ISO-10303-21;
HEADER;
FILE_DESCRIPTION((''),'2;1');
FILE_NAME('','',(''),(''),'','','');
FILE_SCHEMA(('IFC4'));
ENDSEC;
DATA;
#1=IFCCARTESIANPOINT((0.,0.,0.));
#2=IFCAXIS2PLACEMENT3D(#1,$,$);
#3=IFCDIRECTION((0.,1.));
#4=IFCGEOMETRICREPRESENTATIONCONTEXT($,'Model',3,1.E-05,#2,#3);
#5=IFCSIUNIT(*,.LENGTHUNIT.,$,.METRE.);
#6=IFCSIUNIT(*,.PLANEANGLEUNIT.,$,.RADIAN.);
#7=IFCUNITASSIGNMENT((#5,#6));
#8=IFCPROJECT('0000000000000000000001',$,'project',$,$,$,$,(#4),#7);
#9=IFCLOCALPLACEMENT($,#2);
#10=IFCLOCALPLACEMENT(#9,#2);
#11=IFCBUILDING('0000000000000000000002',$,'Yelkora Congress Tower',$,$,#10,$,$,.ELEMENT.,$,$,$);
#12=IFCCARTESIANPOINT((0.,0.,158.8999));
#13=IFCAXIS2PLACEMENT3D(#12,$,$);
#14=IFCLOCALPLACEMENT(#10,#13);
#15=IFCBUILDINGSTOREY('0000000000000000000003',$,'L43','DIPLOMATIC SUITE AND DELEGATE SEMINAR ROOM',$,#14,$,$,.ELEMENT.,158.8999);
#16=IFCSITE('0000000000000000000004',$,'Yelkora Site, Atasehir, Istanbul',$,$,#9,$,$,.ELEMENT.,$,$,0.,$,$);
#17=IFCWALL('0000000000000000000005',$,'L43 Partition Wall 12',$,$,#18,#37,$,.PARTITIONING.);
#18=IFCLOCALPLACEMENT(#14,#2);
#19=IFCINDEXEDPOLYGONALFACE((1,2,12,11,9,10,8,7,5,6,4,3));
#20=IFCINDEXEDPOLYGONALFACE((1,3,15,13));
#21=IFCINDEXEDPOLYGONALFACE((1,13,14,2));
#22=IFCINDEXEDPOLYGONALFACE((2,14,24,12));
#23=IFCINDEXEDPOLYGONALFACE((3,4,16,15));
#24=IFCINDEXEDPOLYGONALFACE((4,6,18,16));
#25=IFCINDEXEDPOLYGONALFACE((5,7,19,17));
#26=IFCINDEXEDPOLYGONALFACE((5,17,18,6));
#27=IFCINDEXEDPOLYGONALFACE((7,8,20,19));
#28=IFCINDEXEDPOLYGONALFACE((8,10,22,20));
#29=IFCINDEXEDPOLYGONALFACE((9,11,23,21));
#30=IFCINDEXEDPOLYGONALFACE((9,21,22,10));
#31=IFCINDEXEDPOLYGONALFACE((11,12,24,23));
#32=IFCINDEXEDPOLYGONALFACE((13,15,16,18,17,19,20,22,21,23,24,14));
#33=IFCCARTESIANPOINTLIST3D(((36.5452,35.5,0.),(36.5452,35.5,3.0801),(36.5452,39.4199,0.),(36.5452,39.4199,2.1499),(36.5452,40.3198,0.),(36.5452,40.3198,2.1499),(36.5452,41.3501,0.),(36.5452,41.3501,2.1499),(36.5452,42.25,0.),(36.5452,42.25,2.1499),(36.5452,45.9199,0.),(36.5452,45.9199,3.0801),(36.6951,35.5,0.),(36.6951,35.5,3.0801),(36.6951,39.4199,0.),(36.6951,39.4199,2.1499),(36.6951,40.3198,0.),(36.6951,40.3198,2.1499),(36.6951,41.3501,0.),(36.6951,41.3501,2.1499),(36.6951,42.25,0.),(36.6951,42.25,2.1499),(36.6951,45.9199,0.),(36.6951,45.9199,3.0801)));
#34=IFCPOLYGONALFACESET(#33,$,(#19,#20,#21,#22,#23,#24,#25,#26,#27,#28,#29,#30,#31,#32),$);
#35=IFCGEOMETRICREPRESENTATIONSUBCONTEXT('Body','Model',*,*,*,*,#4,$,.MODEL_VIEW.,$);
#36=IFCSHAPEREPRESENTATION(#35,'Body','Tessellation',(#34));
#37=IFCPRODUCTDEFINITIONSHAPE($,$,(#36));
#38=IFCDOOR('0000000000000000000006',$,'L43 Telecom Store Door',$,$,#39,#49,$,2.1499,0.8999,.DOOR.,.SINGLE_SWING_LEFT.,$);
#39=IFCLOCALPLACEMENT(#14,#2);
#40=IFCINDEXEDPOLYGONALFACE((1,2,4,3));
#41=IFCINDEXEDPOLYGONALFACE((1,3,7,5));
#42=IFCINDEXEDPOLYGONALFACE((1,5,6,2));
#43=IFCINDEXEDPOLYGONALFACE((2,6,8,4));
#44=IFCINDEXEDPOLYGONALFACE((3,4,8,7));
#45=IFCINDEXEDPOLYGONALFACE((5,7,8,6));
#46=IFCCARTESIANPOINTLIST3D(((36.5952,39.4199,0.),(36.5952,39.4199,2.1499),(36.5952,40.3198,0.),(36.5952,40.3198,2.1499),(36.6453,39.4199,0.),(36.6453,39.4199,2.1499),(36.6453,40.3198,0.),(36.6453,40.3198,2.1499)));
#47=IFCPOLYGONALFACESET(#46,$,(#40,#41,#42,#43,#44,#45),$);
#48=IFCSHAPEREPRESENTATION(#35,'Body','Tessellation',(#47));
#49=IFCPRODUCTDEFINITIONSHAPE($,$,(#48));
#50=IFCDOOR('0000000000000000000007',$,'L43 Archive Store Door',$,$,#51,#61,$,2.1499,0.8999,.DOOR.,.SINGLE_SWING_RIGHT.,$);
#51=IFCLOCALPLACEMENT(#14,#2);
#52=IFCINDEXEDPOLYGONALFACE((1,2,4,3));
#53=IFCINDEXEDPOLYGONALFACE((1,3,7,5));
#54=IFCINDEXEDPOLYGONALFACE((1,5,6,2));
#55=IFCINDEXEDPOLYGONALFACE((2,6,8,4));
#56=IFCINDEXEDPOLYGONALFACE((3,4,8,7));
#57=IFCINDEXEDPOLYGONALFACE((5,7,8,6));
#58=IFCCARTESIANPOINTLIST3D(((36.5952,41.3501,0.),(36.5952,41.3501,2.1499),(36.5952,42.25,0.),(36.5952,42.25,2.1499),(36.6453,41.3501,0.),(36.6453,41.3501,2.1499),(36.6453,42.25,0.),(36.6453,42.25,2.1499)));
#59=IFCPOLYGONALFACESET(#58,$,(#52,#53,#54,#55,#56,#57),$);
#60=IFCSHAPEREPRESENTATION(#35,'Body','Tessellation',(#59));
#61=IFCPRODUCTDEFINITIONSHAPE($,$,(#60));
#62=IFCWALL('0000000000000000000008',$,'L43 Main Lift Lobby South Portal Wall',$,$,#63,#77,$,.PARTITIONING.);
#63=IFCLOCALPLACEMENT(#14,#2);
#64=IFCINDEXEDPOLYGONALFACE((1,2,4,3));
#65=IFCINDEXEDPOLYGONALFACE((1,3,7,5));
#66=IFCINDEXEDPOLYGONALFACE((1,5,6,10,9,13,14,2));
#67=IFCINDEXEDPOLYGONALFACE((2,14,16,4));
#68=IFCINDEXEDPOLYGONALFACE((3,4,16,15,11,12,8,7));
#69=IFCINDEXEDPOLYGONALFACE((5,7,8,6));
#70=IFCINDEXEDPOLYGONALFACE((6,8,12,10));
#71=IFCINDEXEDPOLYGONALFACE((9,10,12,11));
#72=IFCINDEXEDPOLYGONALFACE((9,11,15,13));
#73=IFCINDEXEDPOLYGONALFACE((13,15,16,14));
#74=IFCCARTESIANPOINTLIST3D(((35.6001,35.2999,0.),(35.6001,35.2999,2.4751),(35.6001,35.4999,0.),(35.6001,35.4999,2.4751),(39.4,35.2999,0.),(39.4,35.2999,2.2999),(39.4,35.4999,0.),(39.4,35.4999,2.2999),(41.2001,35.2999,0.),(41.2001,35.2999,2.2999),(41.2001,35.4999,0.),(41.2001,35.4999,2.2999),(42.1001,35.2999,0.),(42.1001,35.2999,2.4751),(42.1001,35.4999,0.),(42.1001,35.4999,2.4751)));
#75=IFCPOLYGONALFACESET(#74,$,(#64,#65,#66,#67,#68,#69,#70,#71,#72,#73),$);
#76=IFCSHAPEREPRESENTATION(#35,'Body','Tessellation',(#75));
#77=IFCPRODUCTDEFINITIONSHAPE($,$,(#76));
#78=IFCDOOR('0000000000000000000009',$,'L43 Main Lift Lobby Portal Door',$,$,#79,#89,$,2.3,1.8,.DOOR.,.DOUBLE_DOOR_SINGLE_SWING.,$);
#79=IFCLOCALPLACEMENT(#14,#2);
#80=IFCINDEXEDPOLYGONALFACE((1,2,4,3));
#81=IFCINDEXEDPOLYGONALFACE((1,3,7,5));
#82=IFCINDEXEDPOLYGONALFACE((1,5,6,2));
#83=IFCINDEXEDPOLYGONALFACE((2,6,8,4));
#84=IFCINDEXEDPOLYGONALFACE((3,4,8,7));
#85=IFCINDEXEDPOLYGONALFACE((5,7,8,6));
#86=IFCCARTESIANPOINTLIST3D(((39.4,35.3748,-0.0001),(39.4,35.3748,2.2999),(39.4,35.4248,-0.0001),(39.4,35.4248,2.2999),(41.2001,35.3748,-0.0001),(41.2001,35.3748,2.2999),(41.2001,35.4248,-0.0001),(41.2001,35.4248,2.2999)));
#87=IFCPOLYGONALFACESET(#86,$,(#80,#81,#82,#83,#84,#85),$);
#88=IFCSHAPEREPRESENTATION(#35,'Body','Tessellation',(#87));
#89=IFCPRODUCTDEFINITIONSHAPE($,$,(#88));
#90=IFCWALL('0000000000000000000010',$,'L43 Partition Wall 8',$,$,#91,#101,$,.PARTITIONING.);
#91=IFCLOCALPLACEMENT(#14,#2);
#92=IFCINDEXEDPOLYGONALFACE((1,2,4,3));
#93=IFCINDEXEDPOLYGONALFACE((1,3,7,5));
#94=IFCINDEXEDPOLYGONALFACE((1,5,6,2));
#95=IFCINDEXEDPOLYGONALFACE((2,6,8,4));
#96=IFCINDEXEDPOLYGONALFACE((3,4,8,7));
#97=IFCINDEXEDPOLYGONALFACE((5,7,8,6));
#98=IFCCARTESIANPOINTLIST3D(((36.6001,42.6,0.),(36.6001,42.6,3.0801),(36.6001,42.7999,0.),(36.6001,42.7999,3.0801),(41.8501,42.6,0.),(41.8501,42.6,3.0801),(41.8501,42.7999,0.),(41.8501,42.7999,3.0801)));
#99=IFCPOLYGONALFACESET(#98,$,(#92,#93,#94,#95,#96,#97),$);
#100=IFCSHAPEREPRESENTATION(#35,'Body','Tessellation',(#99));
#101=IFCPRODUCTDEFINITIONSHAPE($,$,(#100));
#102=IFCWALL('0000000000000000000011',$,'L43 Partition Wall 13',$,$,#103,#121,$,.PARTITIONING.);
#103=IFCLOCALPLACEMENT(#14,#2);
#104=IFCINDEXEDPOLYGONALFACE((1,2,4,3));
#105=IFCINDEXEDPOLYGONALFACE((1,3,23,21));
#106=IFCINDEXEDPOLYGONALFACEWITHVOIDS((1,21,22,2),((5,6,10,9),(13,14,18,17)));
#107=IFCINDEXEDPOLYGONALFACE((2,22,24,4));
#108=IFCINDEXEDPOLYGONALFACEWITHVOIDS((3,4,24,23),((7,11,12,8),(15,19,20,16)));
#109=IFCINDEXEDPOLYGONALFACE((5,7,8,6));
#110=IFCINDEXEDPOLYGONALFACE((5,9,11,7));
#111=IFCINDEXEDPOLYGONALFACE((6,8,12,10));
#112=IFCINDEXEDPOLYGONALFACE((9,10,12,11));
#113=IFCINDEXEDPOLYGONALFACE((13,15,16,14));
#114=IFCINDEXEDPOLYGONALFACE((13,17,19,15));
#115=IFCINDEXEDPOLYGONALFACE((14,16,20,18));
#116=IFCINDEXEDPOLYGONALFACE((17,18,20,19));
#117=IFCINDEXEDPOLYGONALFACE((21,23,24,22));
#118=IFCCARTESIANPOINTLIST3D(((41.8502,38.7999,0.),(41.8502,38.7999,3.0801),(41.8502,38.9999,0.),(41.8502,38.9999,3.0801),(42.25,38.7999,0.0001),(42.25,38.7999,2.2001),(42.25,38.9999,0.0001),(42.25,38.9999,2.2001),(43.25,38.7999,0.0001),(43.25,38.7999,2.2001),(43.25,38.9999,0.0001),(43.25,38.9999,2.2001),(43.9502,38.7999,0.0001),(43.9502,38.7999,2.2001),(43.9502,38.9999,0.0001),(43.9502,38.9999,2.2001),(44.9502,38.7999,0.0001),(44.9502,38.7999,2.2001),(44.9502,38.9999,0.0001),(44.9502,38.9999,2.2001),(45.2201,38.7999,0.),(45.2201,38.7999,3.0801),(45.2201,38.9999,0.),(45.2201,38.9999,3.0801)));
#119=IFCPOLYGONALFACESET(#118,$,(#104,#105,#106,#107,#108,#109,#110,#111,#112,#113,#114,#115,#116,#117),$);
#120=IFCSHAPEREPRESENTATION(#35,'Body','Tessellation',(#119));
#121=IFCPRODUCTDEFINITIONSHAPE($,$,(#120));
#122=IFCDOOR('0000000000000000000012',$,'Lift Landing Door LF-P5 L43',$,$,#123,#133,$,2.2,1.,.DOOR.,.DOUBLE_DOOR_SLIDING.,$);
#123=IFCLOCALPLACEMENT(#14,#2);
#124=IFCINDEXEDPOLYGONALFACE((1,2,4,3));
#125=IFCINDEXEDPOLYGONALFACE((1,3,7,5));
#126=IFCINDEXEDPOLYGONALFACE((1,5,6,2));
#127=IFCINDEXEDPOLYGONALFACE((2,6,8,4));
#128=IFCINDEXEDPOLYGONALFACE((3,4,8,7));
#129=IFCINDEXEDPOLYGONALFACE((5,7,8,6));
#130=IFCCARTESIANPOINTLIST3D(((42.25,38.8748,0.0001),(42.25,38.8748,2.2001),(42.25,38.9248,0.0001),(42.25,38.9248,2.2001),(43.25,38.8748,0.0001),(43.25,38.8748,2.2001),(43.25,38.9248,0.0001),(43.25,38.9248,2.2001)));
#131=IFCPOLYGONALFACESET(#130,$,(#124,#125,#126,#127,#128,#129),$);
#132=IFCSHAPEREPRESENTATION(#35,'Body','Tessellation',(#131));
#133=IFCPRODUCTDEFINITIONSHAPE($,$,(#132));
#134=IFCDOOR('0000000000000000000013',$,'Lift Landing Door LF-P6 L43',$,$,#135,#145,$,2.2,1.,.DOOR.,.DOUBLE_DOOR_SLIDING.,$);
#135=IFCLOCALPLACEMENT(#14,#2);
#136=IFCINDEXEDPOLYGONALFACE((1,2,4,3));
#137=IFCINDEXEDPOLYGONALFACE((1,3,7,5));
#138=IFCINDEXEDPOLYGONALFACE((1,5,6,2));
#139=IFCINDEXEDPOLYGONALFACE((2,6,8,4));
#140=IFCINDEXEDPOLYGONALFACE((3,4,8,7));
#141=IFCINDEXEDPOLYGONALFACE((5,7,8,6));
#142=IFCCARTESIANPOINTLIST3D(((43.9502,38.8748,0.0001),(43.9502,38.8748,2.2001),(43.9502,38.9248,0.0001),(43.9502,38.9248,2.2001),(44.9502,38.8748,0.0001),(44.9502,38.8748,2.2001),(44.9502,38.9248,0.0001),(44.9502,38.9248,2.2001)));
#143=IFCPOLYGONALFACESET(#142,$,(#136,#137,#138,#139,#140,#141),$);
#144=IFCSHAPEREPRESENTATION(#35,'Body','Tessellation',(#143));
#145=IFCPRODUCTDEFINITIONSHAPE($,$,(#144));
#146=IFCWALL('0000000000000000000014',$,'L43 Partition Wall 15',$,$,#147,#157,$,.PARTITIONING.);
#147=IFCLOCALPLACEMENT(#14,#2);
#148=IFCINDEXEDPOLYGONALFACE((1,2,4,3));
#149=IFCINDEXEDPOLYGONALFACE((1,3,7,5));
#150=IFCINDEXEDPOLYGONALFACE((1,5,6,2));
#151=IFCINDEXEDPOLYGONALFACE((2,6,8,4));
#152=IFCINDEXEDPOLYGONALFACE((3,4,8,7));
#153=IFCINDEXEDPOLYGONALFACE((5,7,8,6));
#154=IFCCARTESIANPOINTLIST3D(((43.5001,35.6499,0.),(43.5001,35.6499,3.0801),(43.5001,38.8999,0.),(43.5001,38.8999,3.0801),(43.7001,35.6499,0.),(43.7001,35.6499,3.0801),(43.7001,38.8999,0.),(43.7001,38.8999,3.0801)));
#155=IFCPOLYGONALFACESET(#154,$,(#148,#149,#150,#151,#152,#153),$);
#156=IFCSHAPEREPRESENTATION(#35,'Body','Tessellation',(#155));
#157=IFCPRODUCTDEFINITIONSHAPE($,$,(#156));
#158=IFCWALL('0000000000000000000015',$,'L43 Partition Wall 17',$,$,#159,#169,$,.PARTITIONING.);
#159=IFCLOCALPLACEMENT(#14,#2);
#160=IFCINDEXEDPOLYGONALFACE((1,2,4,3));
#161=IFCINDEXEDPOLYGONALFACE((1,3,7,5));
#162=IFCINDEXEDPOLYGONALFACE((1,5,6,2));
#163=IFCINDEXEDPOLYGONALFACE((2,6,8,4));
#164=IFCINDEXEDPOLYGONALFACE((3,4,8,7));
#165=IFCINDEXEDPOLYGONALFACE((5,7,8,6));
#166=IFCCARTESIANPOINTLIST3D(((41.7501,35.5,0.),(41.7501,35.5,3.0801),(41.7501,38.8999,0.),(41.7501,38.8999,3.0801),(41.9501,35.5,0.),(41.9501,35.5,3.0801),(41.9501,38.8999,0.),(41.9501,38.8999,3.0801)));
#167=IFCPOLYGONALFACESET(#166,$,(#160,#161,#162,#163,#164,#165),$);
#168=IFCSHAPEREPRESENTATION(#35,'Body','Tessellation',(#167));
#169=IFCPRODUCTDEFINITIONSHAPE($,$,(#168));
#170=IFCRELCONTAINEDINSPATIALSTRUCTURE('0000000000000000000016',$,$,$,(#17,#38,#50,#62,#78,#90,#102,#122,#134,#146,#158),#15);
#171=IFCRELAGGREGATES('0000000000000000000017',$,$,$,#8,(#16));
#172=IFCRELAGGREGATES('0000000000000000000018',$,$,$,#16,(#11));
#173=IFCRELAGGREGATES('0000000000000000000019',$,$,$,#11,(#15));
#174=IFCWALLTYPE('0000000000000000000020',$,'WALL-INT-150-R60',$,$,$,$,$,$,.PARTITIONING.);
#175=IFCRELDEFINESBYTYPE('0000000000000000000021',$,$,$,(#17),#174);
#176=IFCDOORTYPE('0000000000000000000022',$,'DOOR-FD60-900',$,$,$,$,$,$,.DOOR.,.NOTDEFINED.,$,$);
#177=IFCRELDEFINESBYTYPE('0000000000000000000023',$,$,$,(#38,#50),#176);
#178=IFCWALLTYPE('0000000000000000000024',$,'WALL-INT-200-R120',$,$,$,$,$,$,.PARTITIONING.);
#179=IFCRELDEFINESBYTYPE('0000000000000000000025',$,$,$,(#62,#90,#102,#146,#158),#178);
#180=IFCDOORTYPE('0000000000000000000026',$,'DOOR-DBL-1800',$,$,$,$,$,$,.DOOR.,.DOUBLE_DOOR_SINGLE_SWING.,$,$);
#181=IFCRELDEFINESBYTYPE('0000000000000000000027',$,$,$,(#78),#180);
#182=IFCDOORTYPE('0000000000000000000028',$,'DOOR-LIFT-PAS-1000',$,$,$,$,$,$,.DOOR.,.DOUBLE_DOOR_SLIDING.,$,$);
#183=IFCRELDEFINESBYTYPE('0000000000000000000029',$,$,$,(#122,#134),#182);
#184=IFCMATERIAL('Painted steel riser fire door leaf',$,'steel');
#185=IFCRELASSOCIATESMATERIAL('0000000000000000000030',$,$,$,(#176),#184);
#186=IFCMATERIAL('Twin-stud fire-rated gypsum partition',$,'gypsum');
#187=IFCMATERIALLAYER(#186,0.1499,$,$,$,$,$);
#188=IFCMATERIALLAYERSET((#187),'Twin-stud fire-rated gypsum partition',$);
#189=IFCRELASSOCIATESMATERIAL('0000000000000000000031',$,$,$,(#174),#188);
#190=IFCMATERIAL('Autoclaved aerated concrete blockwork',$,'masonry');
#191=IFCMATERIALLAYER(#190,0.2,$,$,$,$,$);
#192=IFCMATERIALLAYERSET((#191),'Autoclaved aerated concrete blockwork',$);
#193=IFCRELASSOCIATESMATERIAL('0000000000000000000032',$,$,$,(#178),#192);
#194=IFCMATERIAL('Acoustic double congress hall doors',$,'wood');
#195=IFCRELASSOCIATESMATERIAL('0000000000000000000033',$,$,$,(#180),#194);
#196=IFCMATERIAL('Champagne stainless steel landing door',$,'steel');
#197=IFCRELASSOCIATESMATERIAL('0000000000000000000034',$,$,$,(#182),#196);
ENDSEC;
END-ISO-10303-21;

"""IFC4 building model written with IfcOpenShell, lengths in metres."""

from ifc_helpers import new_model, si_unit, direction, frame, frame_2d, origin, place, context, subcontext, project, spatial, rectangle, extrude, material, layer, layer_set, type_object, element, fill, save


model = new_model("IFC4")

# Units and contexts
model_context = context("Model", 3, precision=1e-05, world=origin(), true_north=direction((0.0, 1.0)))
body_context = subcontext(model_context, "Body", "Model", "MODEL_VIEW")
ifc_project = project(units=[si_unit("LENGTHUNIT", "METRE"), si_unit("PLANEANGLEUNIT", "RADIAN")], contexts=[model_context])

# Site, building, storey
site_placement = place(None, origin())
site = spatial("IfcSite", under=ifc_project, at=site_placement, Name="Yelkora Site, Atasehir, Istanbul", CompositionType="ELEMENT", RefElevation=0.0)
building_placement = place(site_placement, origin())
building = spatial("IfcBuilding", under=site, at=building_placement, Name="Yelkora Congress Tower", CompositionType="ELEMENT")
storey_placement = place(building_placement, frame((0.0, 0.0, 158.8999)))
storey = spatial("IfcBuildingStorey", under=building, at=storey_placement, Name="L43", Description="DIPLOMATIC SUITE AND DELEGATE SEMINAR ROOM", CompositionType="ELEMENT", Elevation=158.8999)

# Shared definitions
ifc_material_1 = material(Name="Painted steel riser fire door leaf", Category="steel")
door_type_1 = type_object("IfcDoorType", Name="DOOR-FD60-900", OperationType="NOTDEFINED", PredefinedType="DOOR", material=ifc_material_1)

# Shared definitions
ifc_material_2 = material(Name="Twin-stud fire-rated gypsum partition", Category="gypsum")
ifc_layer_1 = layer(ifc_material_2, 0.1499)
ifc_layer_set_1 = layer_set([ifc_layer_1], Name="Twin-stud fire-rated gypsum partition")
wall_type_1 = type_object("IfcWallType", Name="WALL-INT-150-R60", PredefinedType="PARTITIONING", material=ifc_layer_set_1)

# Wall, openings, doors
wall_1_placement = place(storey_placement, frame((36.6201, 35.5, 0.0), z_axis=(0.0, 0.0, 1.0), x_axis=(0.0, 1.0, 0.0)))
wall_1 = element("IfcWall", 1, at=wall_1_placement, inside=storey, type_object=wall_type_1, Name="L43 Partition Wall 12", PredefinedType="PARTITIONING", context=body_context, shape_type="SweptSolid", body=[
    extrude(rectangle(XDim=10.4199, YDim=0.1499, at=frame_2d((5.21, 0.0))), origin(), (0.0, 0.0, 1.0), 3.0801),
])
opening_1_placement = place(wall_1_placement, frame((3.9199, 0.0, 0.0)))
opening_1 = element("IfcOpeningElement", 2, at=opening_1_placement, cuts=wall_1, PredefinedType="OPENING", context=body_context, shape_type="SweptSolid", body=[
    extrude(rectangle(XDim=0.8999, YDim=2.1499, at=frame_2d((0.45, 1.075))), frame((0.0, 0.085, 0.0), z_axis=(0.0, -1.0, 0.0), x_axis=(1.0, 0.0, 0.0)), (0.0, 0.0, 1.0), 0.1699),
])
opening_2_placement = place(wall_1_placement, frame((5.8501, 0.0, 0.0)))
opening_2 = element("IfcOpeningElement", 3, at=opening_2_placement, cuts=wall_1, PredefinedType="OPENING", context=body_context, shape_type="SweptSolid", body=[
    extrude(rectangle(XDim=0.8999, YDim=2.1499, at=frame_2d((0.45, 1.075))), frame((0.0, 0.085, 0.0), z_axis=(0.0, -1.0, 0.0), x_axis=(1.0, 0.0, 0.0)), (0.0, 0.0, 1.0), 0.1699),
])
door_1_placement = place(opening_1_placement, origin())
door_1 = element("IfcDoor", 4, at=door_1_placement, inside=storey, type_object=door_type_1, Name="L43 Telecom Store Door", OperationType="SINGLE_SWING_LEFT", OverallHeight=2.1499, OverallWidth=0.8999, PredefinedType="DOOR", context=body_context, shape_type="SweptSolid", body=[
    extrude(rectangle(XDim=0.8999, YDim=2.1499, at=frame_2d((0.45, 1.075))), frame((0.0, 0.0249, 0.0), z_axis=(0.0, -1.0, 0.0), x_axis=(1.0, 0.0, 0.0)), (0.0, 0.0, 1.0), 0.05),
])
fill(opening_1, door_1)
door_2_placement = place(opening_2_placement, origin())
door_2 = element("IfcDoor", 5, at=door_2_placement, inside=storey, type_object=door_type_1, Name="L43 Archive Store Door", OperationType="SINGLE_SWING_RIGHT", OverallHeight=2.1499, OverallWidth=0.8999, PredefinedType="DOOR", context=body_context, shape_type="SweptSolid", body=[
    extrude(rectangle(XDim=0.8999, YDim=2.1499, at=frame_2d((0.45, 1.075))), frame((0.0, 0.0249, 0.0), z_axis=(0.0, -1.0, 0.0), x_axis=(1.0, 0.0, 0.0)), (0.0, 0.0, 1.0), 0.05),
])
fill(opening_2, door_2)

# Wall, opening, door
ifc_material_3 = material(Name="Autoclaved aerated concrete blockwork", Category="masonry")
ifc_layer_2 = layer(ifc_material_3, 0.2)
ifc_layer_set_2 = layer_set([ifc_layer_2], Name="Autoclaved aerated concrete blockwork")
wall_type_2 = type_object("IfcWallType", Name="WALL-INT-200-R120", PredefinedType="PARTITIONING", material=ifc_layer_set_2)
wall_2_placement = place(storey_placement, frame((35.6001, 35.3999, 0.0), z_axis=(0.0, 0.0, 1.0), x_axis=(1.0, 0.0, 0.0)))
wall_2 = element("IfcWall", 6, at=wall_2_placement, inside=storey, type_object=wall_type_2, Name="L43 Main Lift Lobby South Portal Wall", PredefinedType="PARTITIONING", context=body_context, shape_type="SweptSolid", body=[
    extrude(rectangle(XDim=6.5, YDim=0.2, at=frame_2d((3.25, 0.0))), origin(), (0.0, 0.0, 1.0), 2.4751),
])
opening_3_placement = place(wall_2_placement, frame((3.8, 0.0, 0.0)))
opening_3 = element("IfcOpeningElement", 7, at=opening_3_placement, cuts=wall_2, PredefinedType="OPENING", context=body_context, shape_type="SweptSolid", body=[
    extrude(rectangle(XDim=1.8, YDim=2.3, at=frame_2d((0.8999, 1.1499))), frame((0.0, 0.1099, 0.0), z_axis=(0.0, -1.0, 0.0), x_axis=(1.0, 0.0, 0.0)), (0.0, 0.0, 1.0), 0.22),
])
ifc_material_4 = material(Name="Acoustic double congress hall doors", Category="wood")
door_type_2 = type_object("IfcDoorType", Name="DOOR-DBL-1800", OperationType="DOUBLE_DOOR_SINGLE_SWING", PredefinedType="DOOR", material=ifc_material_4)
door_3_placement = place(opening_3_placement, origin())
door_3 = element("IfcDoor", 8, at=door_3_placement, inside=storey, type_object=door_type_2, Name="L43 Main Lift Lobby Portal Door", OperationType="DOUBLE_DOOR_SINGLE_SWING", OverallHeight=2.3, OverallWidth=1.8, PredefinedType="DOOR", context=body_context, shape_type="SweptSolid", body=[
    extrude(rectangle(XDim=1.8, YDim=2.3, at=frame_2d((0.8999, 1.1499))), frame((0.0, 0.0249, 0.0), z_axis=(0.0, -1.0, 0.0), x_axis=(1.0, 0.0, 0.0)), (0.0, 0.0, 1.0), 0.05),
])
fill(opening_3, door_3)

# Wall
wall_3_placement = place(storey_placement, frame((36.6001, 42.7, 0.0), z_axis=(0.0, 0.0, 1.0), x_axis=(1.0, 0.0, 0.0)))
element("IfcWall", 9, at=wall_3_placement, inside=storey, type_object=wall_type_2, Name="L43 Partition Wall 8", PredefinedType="PARTITIONING", context=body_context, shape_type="SweptSolid", body=[
    extrude(rectangle(XDim=5.25, YDim=0.2, at=frame_2d((2.625, 0.0))), origin(), (0.0, 0.0, 1.0), 3.0801),
])

# Wall, openings, doors
wall_4_placement = place(storey_placement, frame((41.8501, 38.8999, 0.0), z_axis=(0.0, 0.0, 1.0), x_axis=(1.0, 0.0, 0.0)))
wall_4 = element("IfcWall", 10, at=wall_4_placement, inside=storey, type_object=wall_type_2, Name="L43 Partition Wall 13", PredefinedType="PARTITIONING", context=body_context, shape_type="SweptSolid", body=[
    extrude(rectangle(XDim=3.3699, YDim=0.2, at=frame_2d((1.6851, 0.0))), origin(), (0.0, 0.0, 1.0), 3.0801),
])
opening_4_placement = place(wall_4_placement, frame((0.3999, 0.0, 0.0)))
opening_4 = element("IfcOpeningElement", 11, at=opening_4_placement, cuts=wall_4, PredefinedType="OPENING", context=body_context, shape_type="SweptSolid", body=[
    extrude(rectangle(XDim=1.0, YDim=2.2, at=frame_2d((0.5, 1.1001))), frame((0.0, 0.1099, 0.0), z_axis=(0.0, -1.0, 0.0), x_axis=(1.0, 0.0, 0.0)), (0.0, 0.0, 1.0), 0.22),
])
opening_5_placement = place(wall_4_placement, frame((2.1001, 0.0, 0.0)))
opening_5 = element("IfcOpeningElement", 12, at=opening_5_placement, cuts=wall_4, PredefinedType="OPENING", context=body_context, shape_type="SweptSolid", body=[
    extrude(rectangle(XDim=1.0, YDim=2.2, at=frame_2d((0.5, 1.1001))), frame((0.0, 0.1099, 0.0), z_axis=(0.0, -1.0, 0.0), x_axis=(1.0, 0.0, 0.0)), (0.0, 0.0, 1.0), 0.22),
])
ifc_material_5 = material(Name="Champagne stainless steel landing door", Category="steel")
door_type_3 = type_object("IfcDoorType", Name="DOOR-LIFT-PAS-1000", OperationType="DOUBLE_DOOR_SLIDING", PredefinedType="DOOR", material=ifc_material_5)
door_4_placement = place(opening_4_placement, origin())
door_4 = element("IfcDoor", 13, at=door_4_placement, inside=storey, type_object=door_type_3, Name="Lift Landing Door LF-P5 L43", OperationType="DOUBLE_DOOR_SLIDING", OverallHeight=2.2, OverallWidth=1.0, PredefinedType="DOOR", context=body_context, shape_type="SweptSolid", body=[
    extrude(rectangle(XDim=1.0, YDim=2.2, at=frame_2d((0.5, 1.1001))), frame((0.0, 0.0249, 0.0), z_axis=(0.0, -1.0, 0.0), x_axis=(1.0, 0.0, 0.0)), (0.0, 0.0, 1.0), 0.05),
])
fill(opening_4, door_4)
door_5_placement = place(opening_5_placement, origin())
door_5 = element("IfcDoor", 14, at=door_5_placement, inside=storey, type_object=door_type_3, Name="Lift Landing Door LF-P6 L43", OperationType="DOUBLE_DOOR_SLIDING", OverallHeight=2.2, OverallWidth=1.0, PredefinedType="DOOR", context=body_context, shape_type="SweptSolid", body=[
    extrude(rectangle(XDim=1.0, YDim=2.2, at=frame_2d((0.5, 1.1001))), frame((0.0, 0.0249, 0.0), z_axis=(0.0, -1.0, 0.0), x_axis=(1.0, 0.0, 0.0)), (0.0, 0.0, 1.0), 0.05),
])
fill(opening_5, door_5)

# Walls
wall_5_placement = place(storey_placement, frame((43.6001, 35.6499, 0.0), z_axis=(0.0, 0.0, 1.0), x_axis=(0.0, 1.0, 0.0)))
element("IfcWall", 15, at=wall_5_placement, inside=storey, type_object=wall_type_2, Name="L43 Partition Wall 15", PredefinedType="PARTITIONING", context=body_context, shape_type="SweptSolid", body=[
    extrude(rectangle(XDim=3.25, YDim=0.2, at=frame_2d((1.625, 0.0))), origin(), (0.0, 0.0, 1.0), 3.0801),
])
wall_6_placement = place(storey_placement, frame((41.8501, 35.5, 0.0), z_axis=(0.0, 0.0, 1.0), x_axis=(0.0, 1.0, 0.0)))
element("IfcWall", 16, at=wall_6_placement, inside=storey, type_object=wall_type_2, Name="L43 Partition Wall 17", PredefinedType="PARTITIONING", context=body_context, shape_type="SweptSolid", body=[
    extrude(rectangle(XDim=3.3999, YDim=0.2, at=frame_2d((1.7, 0.0))), origin(), (0.0, 0.0, 1.0), 3.0801),
])

save(model, "model.ifc")
